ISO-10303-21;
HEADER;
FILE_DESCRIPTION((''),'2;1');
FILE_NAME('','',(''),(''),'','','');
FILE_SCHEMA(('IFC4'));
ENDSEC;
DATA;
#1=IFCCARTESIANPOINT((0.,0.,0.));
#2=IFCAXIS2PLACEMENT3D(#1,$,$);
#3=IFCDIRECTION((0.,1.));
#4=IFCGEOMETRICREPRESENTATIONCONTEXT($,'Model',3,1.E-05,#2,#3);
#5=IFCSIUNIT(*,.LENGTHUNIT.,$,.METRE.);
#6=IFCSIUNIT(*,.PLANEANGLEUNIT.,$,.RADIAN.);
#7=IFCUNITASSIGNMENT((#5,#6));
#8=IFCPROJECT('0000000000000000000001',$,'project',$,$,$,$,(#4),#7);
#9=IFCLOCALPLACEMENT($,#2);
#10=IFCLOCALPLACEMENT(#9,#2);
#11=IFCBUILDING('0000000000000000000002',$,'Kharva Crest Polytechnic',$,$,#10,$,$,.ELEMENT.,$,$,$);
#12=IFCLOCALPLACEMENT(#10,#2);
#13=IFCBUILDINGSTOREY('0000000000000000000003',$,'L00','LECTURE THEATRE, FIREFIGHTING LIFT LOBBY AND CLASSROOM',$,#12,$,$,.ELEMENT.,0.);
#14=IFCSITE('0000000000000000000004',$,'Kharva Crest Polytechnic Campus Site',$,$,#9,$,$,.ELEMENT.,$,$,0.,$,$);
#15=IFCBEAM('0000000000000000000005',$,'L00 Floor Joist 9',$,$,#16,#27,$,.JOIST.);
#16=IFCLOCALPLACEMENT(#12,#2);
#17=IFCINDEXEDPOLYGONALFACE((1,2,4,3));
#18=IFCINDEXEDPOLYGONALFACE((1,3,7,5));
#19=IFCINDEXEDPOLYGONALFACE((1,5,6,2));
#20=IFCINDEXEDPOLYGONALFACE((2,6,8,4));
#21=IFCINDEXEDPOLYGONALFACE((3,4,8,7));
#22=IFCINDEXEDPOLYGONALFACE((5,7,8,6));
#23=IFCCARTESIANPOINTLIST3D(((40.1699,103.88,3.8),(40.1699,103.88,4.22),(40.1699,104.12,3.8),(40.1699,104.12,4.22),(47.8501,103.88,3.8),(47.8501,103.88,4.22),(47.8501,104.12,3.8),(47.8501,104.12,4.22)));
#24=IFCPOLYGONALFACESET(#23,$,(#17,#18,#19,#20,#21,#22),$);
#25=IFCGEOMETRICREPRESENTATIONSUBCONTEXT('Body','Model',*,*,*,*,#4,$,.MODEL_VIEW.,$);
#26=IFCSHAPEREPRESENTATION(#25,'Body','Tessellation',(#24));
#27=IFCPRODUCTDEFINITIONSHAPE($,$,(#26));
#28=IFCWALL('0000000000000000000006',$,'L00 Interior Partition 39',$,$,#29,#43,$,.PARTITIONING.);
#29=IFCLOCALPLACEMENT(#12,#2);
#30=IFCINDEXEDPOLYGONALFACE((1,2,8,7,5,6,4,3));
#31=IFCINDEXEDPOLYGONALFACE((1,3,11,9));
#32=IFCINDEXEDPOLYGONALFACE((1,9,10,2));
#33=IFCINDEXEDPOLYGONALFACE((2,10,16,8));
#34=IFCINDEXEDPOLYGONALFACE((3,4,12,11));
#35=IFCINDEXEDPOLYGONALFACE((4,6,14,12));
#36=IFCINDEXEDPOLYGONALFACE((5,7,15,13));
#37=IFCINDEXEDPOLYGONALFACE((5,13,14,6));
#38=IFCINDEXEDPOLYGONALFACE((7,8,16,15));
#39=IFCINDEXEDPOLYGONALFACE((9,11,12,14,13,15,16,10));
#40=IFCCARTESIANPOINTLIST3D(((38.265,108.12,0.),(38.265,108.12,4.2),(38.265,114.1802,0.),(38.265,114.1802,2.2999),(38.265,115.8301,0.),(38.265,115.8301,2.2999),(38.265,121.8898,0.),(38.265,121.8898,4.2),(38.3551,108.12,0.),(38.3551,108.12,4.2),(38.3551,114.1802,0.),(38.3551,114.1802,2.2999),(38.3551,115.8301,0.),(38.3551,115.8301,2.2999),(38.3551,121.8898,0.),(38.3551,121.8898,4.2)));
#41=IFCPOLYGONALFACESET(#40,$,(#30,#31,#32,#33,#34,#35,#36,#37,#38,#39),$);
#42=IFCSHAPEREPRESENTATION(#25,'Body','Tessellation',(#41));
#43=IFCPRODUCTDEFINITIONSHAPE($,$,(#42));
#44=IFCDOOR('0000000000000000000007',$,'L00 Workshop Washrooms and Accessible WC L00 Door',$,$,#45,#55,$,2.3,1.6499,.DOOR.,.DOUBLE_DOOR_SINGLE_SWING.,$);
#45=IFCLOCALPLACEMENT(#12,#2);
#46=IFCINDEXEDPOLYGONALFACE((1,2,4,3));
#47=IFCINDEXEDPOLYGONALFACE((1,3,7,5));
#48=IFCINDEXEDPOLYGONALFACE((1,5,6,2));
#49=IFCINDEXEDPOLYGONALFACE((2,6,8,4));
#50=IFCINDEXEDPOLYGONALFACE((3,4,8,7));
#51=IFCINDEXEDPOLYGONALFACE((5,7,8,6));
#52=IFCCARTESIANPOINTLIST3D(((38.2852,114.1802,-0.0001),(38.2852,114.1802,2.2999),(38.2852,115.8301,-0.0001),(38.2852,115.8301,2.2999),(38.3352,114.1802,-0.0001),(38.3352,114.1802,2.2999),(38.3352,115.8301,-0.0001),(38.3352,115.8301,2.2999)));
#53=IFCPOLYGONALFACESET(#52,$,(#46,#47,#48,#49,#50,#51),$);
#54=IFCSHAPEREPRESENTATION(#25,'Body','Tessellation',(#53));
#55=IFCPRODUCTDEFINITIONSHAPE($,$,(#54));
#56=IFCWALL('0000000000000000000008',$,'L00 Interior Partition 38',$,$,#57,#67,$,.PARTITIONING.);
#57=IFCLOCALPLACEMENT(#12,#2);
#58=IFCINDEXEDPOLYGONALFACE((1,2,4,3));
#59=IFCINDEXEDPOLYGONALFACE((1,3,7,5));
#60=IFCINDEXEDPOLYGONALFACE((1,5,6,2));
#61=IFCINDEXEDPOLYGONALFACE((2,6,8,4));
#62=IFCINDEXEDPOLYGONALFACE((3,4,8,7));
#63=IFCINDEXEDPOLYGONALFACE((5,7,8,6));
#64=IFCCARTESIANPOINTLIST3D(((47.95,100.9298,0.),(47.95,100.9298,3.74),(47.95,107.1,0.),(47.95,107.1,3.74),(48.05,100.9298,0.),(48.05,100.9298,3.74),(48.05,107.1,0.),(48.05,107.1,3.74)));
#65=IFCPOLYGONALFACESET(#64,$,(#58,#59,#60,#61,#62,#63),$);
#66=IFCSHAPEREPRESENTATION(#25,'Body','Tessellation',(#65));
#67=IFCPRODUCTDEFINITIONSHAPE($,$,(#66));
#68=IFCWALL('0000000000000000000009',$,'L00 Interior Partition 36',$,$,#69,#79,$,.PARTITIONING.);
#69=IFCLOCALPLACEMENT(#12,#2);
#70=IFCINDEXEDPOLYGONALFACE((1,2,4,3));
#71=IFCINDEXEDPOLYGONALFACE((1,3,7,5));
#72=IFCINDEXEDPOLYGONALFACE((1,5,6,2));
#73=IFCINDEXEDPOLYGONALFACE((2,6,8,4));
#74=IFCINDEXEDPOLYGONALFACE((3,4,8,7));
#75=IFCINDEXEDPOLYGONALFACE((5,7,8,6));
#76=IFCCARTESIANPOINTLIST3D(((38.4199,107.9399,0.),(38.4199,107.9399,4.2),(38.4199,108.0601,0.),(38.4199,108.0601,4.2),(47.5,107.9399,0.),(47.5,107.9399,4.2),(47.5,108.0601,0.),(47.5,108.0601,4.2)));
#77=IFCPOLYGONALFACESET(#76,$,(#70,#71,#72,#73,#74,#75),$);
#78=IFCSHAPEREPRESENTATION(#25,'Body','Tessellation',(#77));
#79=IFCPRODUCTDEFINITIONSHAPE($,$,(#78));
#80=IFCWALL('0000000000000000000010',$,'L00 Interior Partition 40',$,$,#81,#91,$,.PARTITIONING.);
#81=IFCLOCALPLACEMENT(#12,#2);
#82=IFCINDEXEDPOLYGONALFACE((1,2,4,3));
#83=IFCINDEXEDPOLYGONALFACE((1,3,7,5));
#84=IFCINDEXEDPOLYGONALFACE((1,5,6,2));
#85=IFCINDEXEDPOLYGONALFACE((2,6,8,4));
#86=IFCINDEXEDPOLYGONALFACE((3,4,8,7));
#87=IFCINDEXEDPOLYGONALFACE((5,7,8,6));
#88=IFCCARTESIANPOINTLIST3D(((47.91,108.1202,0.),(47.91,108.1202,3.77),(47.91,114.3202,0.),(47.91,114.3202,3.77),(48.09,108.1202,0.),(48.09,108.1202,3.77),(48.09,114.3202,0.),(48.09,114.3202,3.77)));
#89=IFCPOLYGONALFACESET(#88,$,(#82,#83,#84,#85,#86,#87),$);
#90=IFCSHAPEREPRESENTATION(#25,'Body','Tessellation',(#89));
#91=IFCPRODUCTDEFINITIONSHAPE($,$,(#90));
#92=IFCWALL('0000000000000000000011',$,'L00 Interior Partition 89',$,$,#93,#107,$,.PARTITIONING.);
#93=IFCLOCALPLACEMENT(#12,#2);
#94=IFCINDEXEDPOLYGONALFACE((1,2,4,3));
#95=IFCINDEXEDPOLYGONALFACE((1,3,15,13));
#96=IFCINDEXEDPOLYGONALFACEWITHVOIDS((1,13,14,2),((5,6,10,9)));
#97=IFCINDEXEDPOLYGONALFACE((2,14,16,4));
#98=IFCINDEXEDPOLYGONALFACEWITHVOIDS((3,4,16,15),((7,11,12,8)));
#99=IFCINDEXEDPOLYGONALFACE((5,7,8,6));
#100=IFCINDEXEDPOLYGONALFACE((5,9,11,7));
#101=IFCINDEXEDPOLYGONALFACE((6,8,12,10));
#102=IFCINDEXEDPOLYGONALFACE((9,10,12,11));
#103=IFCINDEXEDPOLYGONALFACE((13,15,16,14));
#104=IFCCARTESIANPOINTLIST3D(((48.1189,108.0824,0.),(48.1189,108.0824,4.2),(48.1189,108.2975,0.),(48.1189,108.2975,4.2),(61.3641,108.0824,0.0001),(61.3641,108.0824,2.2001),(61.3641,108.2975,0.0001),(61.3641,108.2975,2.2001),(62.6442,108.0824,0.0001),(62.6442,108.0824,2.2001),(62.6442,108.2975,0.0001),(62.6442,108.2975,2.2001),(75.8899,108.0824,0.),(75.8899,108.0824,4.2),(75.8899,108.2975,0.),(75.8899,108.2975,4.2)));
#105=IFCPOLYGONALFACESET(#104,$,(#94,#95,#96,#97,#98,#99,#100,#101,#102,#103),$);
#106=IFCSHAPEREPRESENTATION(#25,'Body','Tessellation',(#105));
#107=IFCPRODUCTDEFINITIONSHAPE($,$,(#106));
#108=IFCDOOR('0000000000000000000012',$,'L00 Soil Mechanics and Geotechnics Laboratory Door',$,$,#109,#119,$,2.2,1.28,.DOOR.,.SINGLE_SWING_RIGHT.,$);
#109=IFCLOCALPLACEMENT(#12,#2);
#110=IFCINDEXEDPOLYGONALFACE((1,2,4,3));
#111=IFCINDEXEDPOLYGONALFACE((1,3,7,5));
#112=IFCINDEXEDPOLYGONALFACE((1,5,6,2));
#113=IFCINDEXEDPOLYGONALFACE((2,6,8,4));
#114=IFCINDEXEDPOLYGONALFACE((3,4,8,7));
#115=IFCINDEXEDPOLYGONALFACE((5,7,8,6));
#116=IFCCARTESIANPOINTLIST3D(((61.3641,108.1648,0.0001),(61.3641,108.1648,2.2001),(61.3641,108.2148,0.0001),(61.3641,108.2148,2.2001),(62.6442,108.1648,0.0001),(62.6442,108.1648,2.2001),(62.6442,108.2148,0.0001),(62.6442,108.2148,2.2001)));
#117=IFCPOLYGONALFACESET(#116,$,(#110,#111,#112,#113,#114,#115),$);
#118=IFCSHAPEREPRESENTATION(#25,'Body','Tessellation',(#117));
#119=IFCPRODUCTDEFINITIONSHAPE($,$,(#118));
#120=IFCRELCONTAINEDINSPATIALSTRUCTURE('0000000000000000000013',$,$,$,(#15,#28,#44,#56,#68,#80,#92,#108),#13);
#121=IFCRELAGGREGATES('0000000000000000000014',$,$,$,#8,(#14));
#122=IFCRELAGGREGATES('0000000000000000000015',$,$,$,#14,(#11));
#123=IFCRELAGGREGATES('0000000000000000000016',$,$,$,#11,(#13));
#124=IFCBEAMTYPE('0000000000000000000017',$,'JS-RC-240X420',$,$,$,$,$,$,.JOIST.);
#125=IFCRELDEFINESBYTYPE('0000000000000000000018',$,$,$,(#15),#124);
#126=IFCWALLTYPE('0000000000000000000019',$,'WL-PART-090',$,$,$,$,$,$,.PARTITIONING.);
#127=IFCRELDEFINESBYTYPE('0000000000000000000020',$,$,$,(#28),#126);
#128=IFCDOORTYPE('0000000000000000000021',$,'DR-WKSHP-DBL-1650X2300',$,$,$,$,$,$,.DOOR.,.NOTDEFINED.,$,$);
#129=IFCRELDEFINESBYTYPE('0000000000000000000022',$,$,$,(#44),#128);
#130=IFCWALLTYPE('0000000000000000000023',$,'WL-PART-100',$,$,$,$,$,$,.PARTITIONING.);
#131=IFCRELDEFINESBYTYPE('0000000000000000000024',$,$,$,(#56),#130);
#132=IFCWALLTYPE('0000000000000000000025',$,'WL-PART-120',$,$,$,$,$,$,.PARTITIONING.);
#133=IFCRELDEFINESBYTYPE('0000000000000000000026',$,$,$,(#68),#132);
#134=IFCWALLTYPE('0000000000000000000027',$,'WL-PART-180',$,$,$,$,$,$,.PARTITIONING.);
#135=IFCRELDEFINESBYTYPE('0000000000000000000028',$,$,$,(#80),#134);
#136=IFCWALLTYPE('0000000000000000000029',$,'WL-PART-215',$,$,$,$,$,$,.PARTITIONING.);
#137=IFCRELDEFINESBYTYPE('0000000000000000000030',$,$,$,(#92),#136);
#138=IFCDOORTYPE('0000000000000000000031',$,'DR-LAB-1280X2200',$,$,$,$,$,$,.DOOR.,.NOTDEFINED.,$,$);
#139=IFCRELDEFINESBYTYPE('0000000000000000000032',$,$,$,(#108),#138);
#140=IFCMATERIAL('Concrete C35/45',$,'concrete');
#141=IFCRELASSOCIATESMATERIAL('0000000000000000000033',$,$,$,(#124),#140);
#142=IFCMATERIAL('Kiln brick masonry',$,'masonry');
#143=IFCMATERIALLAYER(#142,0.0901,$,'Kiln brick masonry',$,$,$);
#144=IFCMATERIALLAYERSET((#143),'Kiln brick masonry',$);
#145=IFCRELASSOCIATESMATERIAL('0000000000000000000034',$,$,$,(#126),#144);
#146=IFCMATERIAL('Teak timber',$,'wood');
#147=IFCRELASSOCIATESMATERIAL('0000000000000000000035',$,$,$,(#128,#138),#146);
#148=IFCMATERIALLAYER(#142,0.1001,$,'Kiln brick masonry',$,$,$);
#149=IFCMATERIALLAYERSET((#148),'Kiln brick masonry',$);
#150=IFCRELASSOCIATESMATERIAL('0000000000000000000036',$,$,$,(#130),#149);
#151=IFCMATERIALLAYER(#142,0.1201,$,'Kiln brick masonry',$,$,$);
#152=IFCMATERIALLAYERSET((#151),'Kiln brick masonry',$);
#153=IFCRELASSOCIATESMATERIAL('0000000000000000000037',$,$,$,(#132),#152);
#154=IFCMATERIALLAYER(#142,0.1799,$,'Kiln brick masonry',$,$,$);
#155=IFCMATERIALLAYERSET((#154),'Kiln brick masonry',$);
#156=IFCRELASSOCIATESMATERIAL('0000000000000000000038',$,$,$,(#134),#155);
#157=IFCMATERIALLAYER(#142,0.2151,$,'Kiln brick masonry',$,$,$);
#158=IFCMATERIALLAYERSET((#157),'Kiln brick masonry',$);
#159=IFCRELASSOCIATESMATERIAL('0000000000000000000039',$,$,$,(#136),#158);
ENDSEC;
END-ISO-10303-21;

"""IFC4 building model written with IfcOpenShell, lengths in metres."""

from ifc_helpers import new_model, si_unit, direction, frame, frame_2d, origin, origin_2d, place, context, subcontext, project, spatial, rectangle, extrude, material, layer, layer_set, material_profile, profile_set, type_object, element, fill, save


model = new_model("IFC4")

# Units and contexts
model_context = context("Model", 3, precision=1e-05, world=origin(), true_north=direction((0.0, 1.0)))
body_context = subcontext(model_context, "Body", "Model", "MODEL_VIEW")
ifc_project = project(units=[si_unit("LENGTHUNIT", "METRE"), si_unit("PLANEANGLEUNIT", "RADIAN")], contexts=[model_context])

# Site, building, storey
site_placement = place(None, origin())
site = spatial("IfcSite", under=ifc_project, at=site_placement, Name="Kharva Crest Polytechnic Campus Site", CompositionType="ELEMENT", RefElevation=0.0)
building_placement = place(site_placement, origin())
building = spatial("IfcBuilding", under=site, at=building_placement, Name="Kharva Crest Polytechnic", CompositionType="ELEMENT")
storey_placement = place(building_placement, origin())
storey = spatial("IfcBuildingStorey", under=building, at=storey_placement, Name="L00", Description="LECTURE THEATRE, FIREFIGHTING LIFT LOBBY AND CLASSROOM", CompositionType="ELEMENT", Elevation=0.0)

# Shared definitions
ifc_material_1 = material(Name="Concrete C35/45", Category="concrete")

# Beam
ifc_material_profile_1 = material_profile(ifc_material_1, rectangle(XDim=0.24, YDim=0.4199, at=origin_2d()), Name="RECT 240 X 420")
ifc_profile_set_1 = profile_set([ifc_material_profile_1], Name="Concrete C35/45")
beam_type_1 = type_object("IfcBeamType", Name="JS-RC-240X420", PredefinedType="JOIST", material=ifc_profile_set_1)
beam_1_placement = place(storey_placement, frame((40.1699, 104.0, 4.01), z_axis=(1.0, 0.0, 0.0), x_axis=(0.0, 1.0, 0.0)))
element("IfcBeam", 1, at=beam_1_placement, inside=storey, type_object=beam_type_1, Name="L00 Floor Joist 9", PredefinedType="JOIST", context=body_context, shape_type="SweptSolid", body=[
    extrude(rectangle(XDim=0.24, YDim=0.4199, at=origin_2d()), origin(), (0.0, 0.0, 1.0), 7.6802),
])

# Wall, opening, door
ifc_material_2 = material(Name="Kiln brick masonry", Category="masonry")
ifc_layer_1 = layer(ifc_material_2, 0.0901, Name="Kiln brick masonry")
ifc_layer_set_1 = layer_set([ifc_layer_1], Name="Kiln brick masonry")
wall_type_1 = type_object("IfcWallType", Name="WL-PART-090", PredefinedType="PARTITIONING", material=ifc_layer_set_1)
wall_1_placement = place(storey_placement, frame((38.3101, 108.1201, 0.0), z_axis=(0.0, 0.0, 1.0), x_axis=(0.0, 1.0, 0.0)))
wall_1 = element("IfcWall", 2, at=wall_1_placement, inside=storey, type_object=wall_type_1, Name="L00 Interior Partition 39", PredefinedType="PARTITIONING", context=body_context, shape_type="SweptSolid", body=[
    extrude(rectangle(XDim=13.7698, YDim=0.0901, at=frame_2d((6.8848, 0.0))), origin(), (0.0, 0.0, 1.0), 4.2),
])
opening_1_placement = place(wall_1_placement, frame((6.0601, 0.0, 0.0)))
opening_1 = element("IfcOpeningElement", 3, at=opening_1_placement, cuts=wall_1, PredefinedType="OPENING", context=body_context, shape_type="SweptSolid", body=[
    extrude(rectangle(XDim=1.6499, YDim=2.3, at=frame_2d((0.825, 1.1499))), frame((0.0, 0.0549, 0.0), z_axis=(0.0, -1.0, 0.0), x_axis=(1.0, 0.0, 0.0)), (0.0, 0.0, 1.0), 0.1101),
])
ifc_material_3 = material(Name="Teak timber", Category="wood")
door_type_1 = type_object("IfcDoorType", Name="DR-WKSHP-DBL-1650X2300", OperationType="NOTDEFINED", PredefinedType="DOOR", material=ifc_material_3)
door_1_placement = place(opening_1_placement, origin())
door_1 = element("IfcDoor", 4, at=door_1_placement, inside=storey, type_object=door_type_1, Name="L00 Workshop Washrooms and Accessible WC L00 Door", OperationType="DOUBLE_DOOR_SINGLE_SWING", OverallHeight=2.3, OverallWidth=1.6499, PredefinedType="DOOR", context=body_context, shape_type="SweptSolid", body=[
    extrude(rectangle(XDim=1.6499, YDim=2.3, at=frame_2d((0.825, 1.1499))), frame((0.0, 0.0249, 0.0), z_axis=(0.0, -1.0, 0.0), x_axis=(1.0, 0.0, 0.0)), (0.0, 0.0, 1.0), 0.05),
])
fill(opening_1, door_1)

# Walls
ifc_layer_2 = layer(ifc_material_2, 0.1001, Name="Kiln brick masonry")
ifc_layer_set_2 = layer_set([ifc_layer_2], Name="Kiln brick masonry")
wall_type_2 = type_object("IfcWallType", Name="WL-PART-100", PredefinedType="PARTITIONING", material=ifc_layer_set_2)
wall_2_placement = place(storey_placement, frame((48.0, 100.9299, 0.0), z_axis=(0.0, 0.0, 1.0), x_axis=(0.0, 1.0, 0.0)))
element("IfcWall", 5, at=wall_2_placement, inside=storey, type_object=wall_type_2, Name="L00 Interior Partition 38", PredefinedType="PARTITIONING", context=body_context, shape_type="SweptSolid", body=[
    extrude(rectangle(XDim=6.1702, YDim=0.1001, at=frame_2d((3.085, 0.0))), origin(), (0.0, 0.0, 1.0), 3.74),
])
ifc_layer_3 = layer(ifc_material_2, 0.1201, Name="Kiln brick masonry")
ifc_layer_set_3 = layer_set([ifc_layer_3], Name="Kiln brick masonry")
wall_type_3 = type_object("IfcWallType", Name="WL-PART-120", PredefinedType="PARTITIONING", material=ifc_layer_set_3)
wall_3_placement = place(storey_placement, frame((38.4199, 108.0, 0.0), z_axis=(0.0, 0.0, 1.0), x_axis=(1.0, 0.0, 0.0)))
element("IfcWall", 6, at=wall_3_placement, inside=storey, type_object=wall_type_3, Name="L00 Interior Partition 36", PredefinedType="PARTITIONING", context=body_context, shape_type="SweptSolid", body=[
    extrude(rectangle(XDim=9.0801, YDim=0.1201, at=frame_2d((4.54, 0.0))), origin(), (0.0, 0.0, 1.0), 4.2),
])
ifc_layer_4 = layer(ifc_material_2, 0.1799, Name="Kiln brick masonry")
ifc_layer_set_4 = layer_set([ifc_layer_4], Name="Kiln brick masonry")
wall_type_4 = type_object("IfcWallType", Name="WL-PART-180", PredefinedType="PARTITIONING", material=ifc_layer_set_4)
wall_4_placement = place(storey_placement, frame((48.0, 108.1201, 0.0), z_axis=(0.0, 0.0, 1.0), x_axis=(0.0, 1.0, 0.0)))
element("IfcWall", 7, at=wall_4_placement, inside=storey, type_object=wall_type_4, Name="L00 Interior Partition 40", PredefinedType="PARTITIONING", context=body_context, shape_type="SweptSolid", body=[
    extrude(rectangle(XDim=6.2, YDim=0.1799, at=frame_2d((3.1001, 0.0))), origin(), (0.0, 0.0, 1.0), 3.77),
])

# Wall, opening, door
ifc_layer_5 = layer(ifc_material_2, 0.2151, Name="Kiln brick masonry")
ifc_layer_set_5 = layer_set([ifc_layer_5], Name="Kiln brick masonry")
wall_type_5 = type_object("IfcWallType", Name="WL-PART-215", PredefinedType="PARTITIONING", material=ifc_layer_set_5)
wall_5_placement = place(storey_placement, frame((48.1189, 108.1899, 0.0), z_axis=(0.0, 0.0, 1.0), x_axis=(1.0, 0.0, 0.0)))
wall_5 = element("IfcWall", 8, at=wall_5_placement, inside=storey, type_object=wall_type_5, Name="L00 Interior Partition 89", PredefinedType="PARTITIONING", context=body_context, shape_type="SweptSolid", body=[
    extrude(rectangle(XDim=27.771, YDim=0.2151, at=frame_2d((13.8855, 0.0))), origin(), (0.0, 0.0, 1.0), 4.2),
])
opening_2_placement = place(wall_5_placement, frame((13.2451, 0.0, 0.0)))
opening_2 = element("IfcOpeningElement", 9, at=opening_2_placement, cuts=wall_5, PredefinedType="OPENING", context=body_context, shape_type="SweptSolid", body=[
    extrude(rectangle(XDim=1.28, YDim=2.2, at=frame_2d((0.6401, 1.1001))), frame((0.0, 0.1174, 0.0), z_axis=(0.0, -1.0, 0.0), x_axis=(1.0, 0.0, 0.0)), (0.0, 0.0, 1.0), 0.2351),
])
door_type_2 = type_object("IfcDoorType", Name="DR-LAB-1280X2200", OperationType="NOTDEFINED", PredefinedType="DOOR", material=ifc_material_3)
door_2_placement = place(opening_2_placement, origin())
door_2 = element("IfcDoor", 10, at=door_2_placement, inside=storey, type_object=door_type_2, Name="L00 Soil Mechanics and Geotechnics Laboratory Door", OperationType="SINGLE_SWING_RIGHT", OverallHeight=2.2, OverallWidth=1.28, PredefinedType="DOOR", context=body_context, shape_type="SweptSolid", body=[
    extrude(rectangle(XDim=1.28, YDim=2.2, at=frame_2d((0.6401, 1.1001))), frame((0.0, 0.0249, 0.0), z_axis=(0.0, -1.0, 0.0), x_axis=(1.0, 0.0, 0.0)), (0.0, 0.0, 1.0), 0.05),
])
fill(opening_2, door_2)

save(model, "model.ifc")
